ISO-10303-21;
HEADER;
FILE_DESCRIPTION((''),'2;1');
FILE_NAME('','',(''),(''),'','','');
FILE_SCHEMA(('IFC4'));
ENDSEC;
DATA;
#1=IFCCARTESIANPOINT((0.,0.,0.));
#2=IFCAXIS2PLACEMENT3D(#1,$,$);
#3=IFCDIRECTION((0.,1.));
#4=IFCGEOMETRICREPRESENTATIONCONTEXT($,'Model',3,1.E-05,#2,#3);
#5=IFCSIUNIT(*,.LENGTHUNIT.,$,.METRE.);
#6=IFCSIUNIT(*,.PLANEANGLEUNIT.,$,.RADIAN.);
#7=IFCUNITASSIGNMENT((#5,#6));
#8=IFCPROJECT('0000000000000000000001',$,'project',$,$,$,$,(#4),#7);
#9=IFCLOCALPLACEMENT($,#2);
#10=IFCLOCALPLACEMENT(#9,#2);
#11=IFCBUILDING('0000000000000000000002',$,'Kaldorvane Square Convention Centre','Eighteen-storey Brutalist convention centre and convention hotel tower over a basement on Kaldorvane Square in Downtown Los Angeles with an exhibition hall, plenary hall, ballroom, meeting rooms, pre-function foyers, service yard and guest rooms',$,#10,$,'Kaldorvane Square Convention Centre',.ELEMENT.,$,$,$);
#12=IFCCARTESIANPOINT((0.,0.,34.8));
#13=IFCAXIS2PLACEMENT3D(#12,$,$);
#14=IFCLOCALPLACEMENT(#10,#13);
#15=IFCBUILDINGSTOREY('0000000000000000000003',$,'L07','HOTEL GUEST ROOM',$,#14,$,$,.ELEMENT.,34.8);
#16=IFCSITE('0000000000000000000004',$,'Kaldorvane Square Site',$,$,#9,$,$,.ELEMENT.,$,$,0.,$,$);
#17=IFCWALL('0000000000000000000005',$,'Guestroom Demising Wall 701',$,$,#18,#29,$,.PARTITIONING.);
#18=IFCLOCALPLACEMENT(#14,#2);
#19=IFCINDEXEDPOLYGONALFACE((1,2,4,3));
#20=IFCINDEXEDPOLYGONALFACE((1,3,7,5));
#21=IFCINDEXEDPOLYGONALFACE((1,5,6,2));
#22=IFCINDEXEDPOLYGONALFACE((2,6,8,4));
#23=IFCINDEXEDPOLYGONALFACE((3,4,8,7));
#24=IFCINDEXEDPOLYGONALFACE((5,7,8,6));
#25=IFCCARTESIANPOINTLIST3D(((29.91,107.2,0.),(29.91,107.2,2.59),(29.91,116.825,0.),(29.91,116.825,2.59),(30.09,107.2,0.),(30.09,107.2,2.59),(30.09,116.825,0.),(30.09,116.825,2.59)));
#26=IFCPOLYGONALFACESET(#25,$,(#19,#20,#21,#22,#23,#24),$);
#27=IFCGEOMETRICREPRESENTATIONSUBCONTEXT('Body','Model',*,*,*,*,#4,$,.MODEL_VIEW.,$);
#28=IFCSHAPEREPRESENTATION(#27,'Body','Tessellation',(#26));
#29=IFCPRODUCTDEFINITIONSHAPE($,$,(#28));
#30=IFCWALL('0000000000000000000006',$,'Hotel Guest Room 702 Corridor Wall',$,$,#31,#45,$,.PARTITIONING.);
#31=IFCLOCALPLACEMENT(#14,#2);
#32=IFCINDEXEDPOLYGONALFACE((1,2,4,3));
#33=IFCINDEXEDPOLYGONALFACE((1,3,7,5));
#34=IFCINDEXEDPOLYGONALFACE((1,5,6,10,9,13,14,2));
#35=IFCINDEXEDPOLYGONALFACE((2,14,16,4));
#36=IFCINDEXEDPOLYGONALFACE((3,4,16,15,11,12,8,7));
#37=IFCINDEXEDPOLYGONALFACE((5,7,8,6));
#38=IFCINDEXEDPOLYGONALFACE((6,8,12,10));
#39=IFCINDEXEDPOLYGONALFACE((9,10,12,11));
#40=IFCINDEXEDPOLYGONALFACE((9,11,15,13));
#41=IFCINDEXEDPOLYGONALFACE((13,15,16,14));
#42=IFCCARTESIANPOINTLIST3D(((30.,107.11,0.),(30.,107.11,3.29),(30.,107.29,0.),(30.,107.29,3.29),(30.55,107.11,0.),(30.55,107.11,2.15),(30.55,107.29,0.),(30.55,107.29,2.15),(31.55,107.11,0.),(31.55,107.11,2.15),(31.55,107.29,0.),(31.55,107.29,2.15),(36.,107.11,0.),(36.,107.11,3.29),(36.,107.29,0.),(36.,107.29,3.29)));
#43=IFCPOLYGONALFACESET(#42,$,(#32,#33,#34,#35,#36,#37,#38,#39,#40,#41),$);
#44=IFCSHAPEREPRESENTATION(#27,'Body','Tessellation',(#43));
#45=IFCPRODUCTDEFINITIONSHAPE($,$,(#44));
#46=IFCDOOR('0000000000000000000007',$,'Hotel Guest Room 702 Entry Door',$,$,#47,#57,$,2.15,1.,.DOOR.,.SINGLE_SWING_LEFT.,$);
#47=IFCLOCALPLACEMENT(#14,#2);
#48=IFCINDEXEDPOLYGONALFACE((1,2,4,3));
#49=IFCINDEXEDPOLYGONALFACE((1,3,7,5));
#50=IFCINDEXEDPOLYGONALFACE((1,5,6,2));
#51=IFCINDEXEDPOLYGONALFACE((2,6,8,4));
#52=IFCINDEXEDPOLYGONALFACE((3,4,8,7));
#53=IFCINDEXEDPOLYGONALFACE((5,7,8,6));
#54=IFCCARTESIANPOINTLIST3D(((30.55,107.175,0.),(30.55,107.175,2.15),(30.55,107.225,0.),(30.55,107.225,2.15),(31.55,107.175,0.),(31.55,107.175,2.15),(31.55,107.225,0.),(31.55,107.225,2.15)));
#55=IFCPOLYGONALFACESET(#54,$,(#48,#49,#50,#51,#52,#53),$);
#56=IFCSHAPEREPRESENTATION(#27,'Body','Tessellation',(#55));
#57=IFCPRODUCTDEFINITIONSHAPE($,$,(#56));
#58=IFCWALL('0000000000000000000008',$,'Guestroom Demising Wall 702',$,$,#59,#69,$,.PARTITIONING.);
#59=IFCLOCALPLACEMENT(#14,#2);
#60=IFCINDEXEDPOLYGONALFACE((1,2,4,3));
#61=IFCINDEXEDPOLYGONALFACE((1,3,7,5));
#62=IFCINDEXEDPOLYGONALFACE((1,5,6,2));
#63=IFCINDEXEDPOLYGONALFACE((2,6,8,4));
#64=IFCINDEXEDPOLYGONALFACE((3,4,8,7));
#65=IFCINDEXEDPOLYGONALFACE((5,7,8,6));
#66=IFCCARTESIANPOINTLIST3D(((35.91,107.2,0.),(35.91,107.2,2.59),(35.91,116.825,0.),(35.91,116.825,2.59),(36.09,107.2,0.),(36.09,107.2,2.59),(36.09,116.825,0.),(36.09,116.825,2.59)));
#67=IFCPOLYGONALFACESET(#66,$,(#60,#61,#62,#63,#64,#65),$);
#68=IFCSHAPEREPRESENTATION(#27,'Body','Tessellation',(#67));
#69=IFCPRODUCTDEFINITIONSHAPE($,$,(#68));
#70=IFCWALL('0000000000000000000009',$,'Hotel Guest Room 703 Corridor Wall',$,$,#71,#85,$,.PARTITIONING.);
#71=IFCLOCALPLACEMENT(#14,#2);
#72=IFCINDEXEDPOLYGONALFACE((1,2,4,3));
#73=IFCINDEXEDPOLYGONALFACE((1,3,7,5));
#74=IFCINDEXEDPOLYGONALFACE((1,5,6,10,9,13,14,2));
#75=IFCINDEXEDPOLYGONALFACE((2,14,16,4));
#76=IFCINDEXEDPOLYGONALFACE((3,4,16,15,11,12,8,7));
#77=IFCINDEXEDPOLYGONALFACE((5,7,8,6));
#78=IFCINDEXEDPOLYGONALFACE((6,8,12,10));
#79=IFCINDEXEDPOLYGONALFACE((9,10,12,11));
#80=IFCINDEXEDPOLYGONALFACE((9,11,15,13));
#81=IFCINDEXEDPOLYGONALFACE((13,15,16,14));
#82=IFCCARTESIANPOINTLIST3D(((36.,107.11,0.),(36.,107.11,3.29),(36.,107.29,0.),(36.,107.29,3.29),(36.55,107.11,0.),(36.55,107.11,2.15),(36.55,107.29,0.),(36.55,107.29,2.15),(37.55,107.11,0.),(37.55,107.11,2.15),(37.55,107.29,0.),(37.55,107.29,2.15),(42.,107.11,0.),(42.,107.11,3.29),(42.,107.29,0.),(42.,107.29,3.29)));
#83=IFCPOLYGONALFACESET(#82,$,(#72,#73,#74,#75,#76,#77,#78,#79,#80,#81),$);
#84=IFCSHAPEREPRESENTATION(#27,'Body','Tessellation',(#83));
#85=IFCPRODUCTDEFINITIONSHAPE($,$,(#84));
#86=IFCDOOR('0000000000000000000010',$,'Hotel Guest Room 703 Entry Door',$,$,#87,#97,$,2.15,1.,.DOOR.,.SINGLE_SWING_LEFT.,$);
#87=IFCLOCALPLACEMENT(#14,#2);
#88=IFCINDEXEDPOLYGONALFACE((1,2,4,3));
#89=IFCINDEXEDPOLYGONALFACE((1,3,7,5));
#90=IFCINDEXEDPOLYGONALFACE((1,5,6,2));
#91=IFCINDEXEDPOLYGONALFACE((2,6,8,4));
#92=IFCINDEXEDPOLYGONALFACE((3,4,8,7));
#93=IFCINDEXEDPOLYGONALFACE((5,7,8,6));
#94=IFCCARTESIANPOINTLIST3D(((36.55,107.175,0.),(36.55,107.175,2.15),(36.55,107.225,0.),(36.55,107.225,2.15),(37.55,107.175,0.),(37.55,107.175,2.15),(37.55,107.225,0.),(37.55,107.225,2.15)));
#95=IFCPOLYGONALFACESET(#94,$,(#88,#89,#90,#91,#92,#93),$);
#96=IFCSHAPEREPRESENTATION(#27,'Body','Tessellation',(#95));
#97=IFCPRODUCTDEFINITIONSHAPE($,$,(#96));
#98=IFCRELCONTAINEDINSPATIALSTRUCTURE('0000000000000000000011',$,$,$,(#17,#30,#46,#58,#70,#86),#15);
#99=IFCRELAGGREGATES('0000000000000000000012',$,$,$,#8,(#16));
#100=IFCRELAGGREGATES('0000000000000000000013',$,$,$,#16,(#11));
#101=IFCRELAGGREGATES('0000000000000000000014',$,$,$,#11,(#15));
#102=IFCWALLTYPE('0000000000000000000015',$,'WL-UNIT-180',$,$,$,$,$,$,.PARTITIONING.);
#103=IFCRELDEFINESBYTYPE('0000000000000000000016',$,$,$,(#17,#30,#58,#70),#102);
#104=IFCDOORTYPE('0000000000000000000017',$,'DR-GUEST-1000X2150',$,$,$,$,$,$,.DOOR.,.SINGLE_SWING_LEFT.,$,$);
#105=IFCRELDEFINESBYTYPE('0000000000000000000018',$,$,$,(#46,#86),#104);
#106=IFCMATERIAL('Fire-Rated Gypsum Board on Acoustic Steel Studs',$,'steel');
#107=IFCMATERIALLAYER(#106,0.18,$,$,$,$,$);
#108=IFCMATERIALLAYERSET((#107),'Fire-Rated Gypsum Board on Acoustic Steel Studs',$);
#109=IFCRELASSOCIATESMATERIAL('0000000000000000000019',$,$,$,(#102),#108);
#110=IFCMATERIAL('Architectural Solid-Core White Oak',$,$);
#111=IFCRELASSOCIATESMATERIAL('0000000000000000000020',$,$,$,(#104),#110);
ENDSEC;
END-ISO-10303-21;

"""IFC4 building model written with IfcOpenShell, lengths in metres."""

from ifc_helpers import new_model, si_unit, direction, frame, frame_2d, origin, place, context, subcontext, project, spatial, rectangle, extrude, material, layer, layer_set, type_object, element, fill, save


model = new_model("IFC4")

# Units and contexts
model_context = context("Model", 3, precision=1e-05, world=origin(), true_north=direction((0.0, 1.0)))
body_context = subcontext(model_context, "Body", "Model", "MODEL_VIEW")
ifc_project = project(units=[si_unit("LENGTHUNIT", "METRE"), si_unit("PLANEANGLEUNIT", "RADIAN")], contexts=[model_context])

# Site, building, storey
site_placement = place(None, origin())
site = spatial("IfcSite", under=ifc_project, at=site_placement, Name="Kaldorvane Square Site", CompositionType="ELEMENT", RefElevation=0.0)
building_placement = place(site_placement, origin())
building = spatial("IfcBuilding", under=site, at=building_placement, Name="Kaldorvane Square Convention Centre", Description="Eighteen-storey Brutalist convention centre and convention hotel tower over a basement on Kaldorvane Square in Downtown Los Angeles with an exhibition hall, plenary hall, ballroom, meeting rooms, pre-function foyers, service yard and guest rooms", LongName="Kaldorvane Square Convention Centre", CompositionType="ELEMENT")
storey_placement = place(building_placement, frame((0.0, 0.0, 34.8)))
storey = spatial("IfcBuildingStorey", under=building, at=storey_placement, Name="L07", Description="HOTEL GUEST ROOM", CompositionType="ELEMENT", Elevation=34.8)

# Shared definitions
ifc_material_1 = material(Name="Fire-Rated Gypsum Board on Acoustic Steel Studs", Category="steel")
ifc_material_2 = material(Name="Architectural Solid-Core White Oak")

# Shared definitions
ifc_layer_1 = layer(ifc_material_1, 0.18)
ifc_layer_set_1 = layer_set([ifc_layer_1], Name="Fire-Rated Gypsum Board on Acoustic Steel Studs")
wall_type_1 = type_object("IfcWallType", Name="WL-UNIT-180", PredefinedType="PARTITIONING", material=ifc_layer_set_1)
door_type_1 = type_object("IfcDoorType", Name="DR-GUEST-1000X2150", OperationType="SINGLE_SWING_LEFT", PredefinedType="DOOR", material=ifc_material_2)

# Wall
wall_1_placement = place(storey_placement, frame((30.0, 107.2, 0.0), z_axis=(0.0, 0.0, 1.0), x_axis=(0.0, 1.0, 0.0)))
element("IfcWall", 1, at=wall_1_placement, inside=storey, type_object=wall_type_1, Name="Guestroom Demising Wall 701", PredefinedType="PARTITIONING", context=body_context, shape_type="SweptSolid", body=[
    extrude(rectangle(XDim=9.625, YDim=0.18, at=frame_2d((4.8125, 0.0))), origin(), (0.0, 0.0, 1.0), 2.59),
])

# Wall, opening, door
wall_2_placement = place(storey_placement, frame((30.0, 107.2, 0.0), z_axis=(0.0, 0.0, 1.0), x_axis=(1.0, 0.0, 0.0)))
wall_2 = element("IfcWall", 2, at=wall_2_placement, inside=storey, type_object=wall_type_1, Name="Hotel Guest Room 702 Corridor Wall", PredefinedType="PARTITIONING", context=body_context, shape_type="SweptSolid", body=[
    extrude(rectangle(XDim=6.0, YDim=0.18, at=frame_2d((3.0, 0.0))), origin(), (0.0, 0.0, 1.0), 3.29),
])
opening_1_placement = place(wall_2_placement, frame((0.55, 0.0, 0.0)))
opening_1 = element("IfcOpeningElement", 3, at=opening_1_placement, cuts=wall_2, PredefinedType="OPENING", context=body_context, shape_type="SweptSolid", body=[
    extrude(rectangle(XDim=1.0, YDim=2.15, at=frame_2d((0.5, 1.075))), frame((0.0, 0.105, 0.0), z_axis=(0.0, -1.0, 0.0), x_axis=(1.0, 0.0, 0.0)), (0.0, 0.0, 1.0), 0.21),
])
door_1_placement = place(opening_1_placement, origin())
door_1 = element("IfcDoor", 4, at=door_1_placement, inside=storey, type_object=door_type_1, Name="Hotel Guest Room 702 Entry Door", OperationType="SINGLE_SWING_LEFT", OverallHeight=2.15, OverallWidth=1.0, PredefinedType="DOOR", context=body_context, shape_type="SweptSolid", body=[
    extrude(rectangle(XDim=1.0, YDim=2.15, at=frame_2d((0.5, 1.075))), frame((0.0, 0.025, 0.0), z_axis=(0.0, -1.0, 0.0), x_axis=(1.0, 0.0, 0.0)), (0.0, 0.0, 1.0), 0.05),
])
fill(opening_1, door_1)

# Wall
wall_3_placement = place(storey_placement, frame((36.0, 107.2, 0.0), z_axis=(0.0, 0.0, 1.0), x_axis=(0.0, 1.0, 0.0)))
element("IfcWall", 5, at=wall_3_placement, inside=storey, type_object=wall_type_1, Name="Guestroom Demising Wall 702", PredefinedType="PARTITIONING", context=body_context, shape_type="SweptSolid", body=[
    extrude(rectangle(XDim=9.625, YDim=0.18, at=frame_2d((4.8125, 0.0))), origin(), (0.0, 0.0, 1.0), 2.59),
])

# Wall, opening, door
wall_4_placement = place(storey_placement, frame((36.0, 107.2, 0.0), z_axis=(0.0, 0.0, 1.0), x_axis=(1.0, 0.0, 0.0)))
wall_4 = element("IfcWall", 6, at=wall_4_placement, inside=storey, type_object=wall_type_1, Name="Hotel Guest Room 703 Corridor Wall", PredefinedType="PARTITIONING", context=body_context, shape_type="SweptSolid", body=[
    extrude(rectangle(XDim=6.0, YDim=0.18, at=frame_2d((3.0, 0.0))), origin(), (0.0, 0.0, 1.0), 3.29),
])
opening_2_placement = place(wall_4_placement, frame((0.55, 0.0, 0.0)))
opening_2 = element("IfcOpeningElement", 7, at=opening_2_placement, cuts=wall_4, PredefinedType="OPENING", context=body_context, shape_type="SweptSolid", body=[
    extrude(rectangle(XDim=1.0, YDim=2.15, at=frame_2d((0.5, 1.075))), frame((0.0, 0.105, 0.0), z_axis=(0.0, -1.0, 0.0), x_axis=(1.0, 0.0, 0.0)), (0.0, 0.0, 1.0), 0.21),
])
door_2_placement = place(opening_2_placement, origin())
door_2 = element("IfcDoor", 8, at=door_2_placement, inside=storey, type_object=door_type_1, Name="Hotel Guest Room 703 Entry Door", OperationType="SINGLE_SWING_LEFT", OverallHeight=2.15, OverallWidth=1.0, PredefinedType="DOOR", context=body_context, shape_type="SweptSolid", body=[
    extrude(rectangle(XDim=1.0, YDim=2.15, at=frame_2d((0.5, 1.075))), frame((0.0, 0.025, 0.0), z_axis=(0.0, -1.0, 0.0), x_axis=(1.0, 0.0, 0.0)), (0.0, 0.0, 1.0), 0.05),
])
fill(opening_2, door_2)

save(model, "model.ifc")
